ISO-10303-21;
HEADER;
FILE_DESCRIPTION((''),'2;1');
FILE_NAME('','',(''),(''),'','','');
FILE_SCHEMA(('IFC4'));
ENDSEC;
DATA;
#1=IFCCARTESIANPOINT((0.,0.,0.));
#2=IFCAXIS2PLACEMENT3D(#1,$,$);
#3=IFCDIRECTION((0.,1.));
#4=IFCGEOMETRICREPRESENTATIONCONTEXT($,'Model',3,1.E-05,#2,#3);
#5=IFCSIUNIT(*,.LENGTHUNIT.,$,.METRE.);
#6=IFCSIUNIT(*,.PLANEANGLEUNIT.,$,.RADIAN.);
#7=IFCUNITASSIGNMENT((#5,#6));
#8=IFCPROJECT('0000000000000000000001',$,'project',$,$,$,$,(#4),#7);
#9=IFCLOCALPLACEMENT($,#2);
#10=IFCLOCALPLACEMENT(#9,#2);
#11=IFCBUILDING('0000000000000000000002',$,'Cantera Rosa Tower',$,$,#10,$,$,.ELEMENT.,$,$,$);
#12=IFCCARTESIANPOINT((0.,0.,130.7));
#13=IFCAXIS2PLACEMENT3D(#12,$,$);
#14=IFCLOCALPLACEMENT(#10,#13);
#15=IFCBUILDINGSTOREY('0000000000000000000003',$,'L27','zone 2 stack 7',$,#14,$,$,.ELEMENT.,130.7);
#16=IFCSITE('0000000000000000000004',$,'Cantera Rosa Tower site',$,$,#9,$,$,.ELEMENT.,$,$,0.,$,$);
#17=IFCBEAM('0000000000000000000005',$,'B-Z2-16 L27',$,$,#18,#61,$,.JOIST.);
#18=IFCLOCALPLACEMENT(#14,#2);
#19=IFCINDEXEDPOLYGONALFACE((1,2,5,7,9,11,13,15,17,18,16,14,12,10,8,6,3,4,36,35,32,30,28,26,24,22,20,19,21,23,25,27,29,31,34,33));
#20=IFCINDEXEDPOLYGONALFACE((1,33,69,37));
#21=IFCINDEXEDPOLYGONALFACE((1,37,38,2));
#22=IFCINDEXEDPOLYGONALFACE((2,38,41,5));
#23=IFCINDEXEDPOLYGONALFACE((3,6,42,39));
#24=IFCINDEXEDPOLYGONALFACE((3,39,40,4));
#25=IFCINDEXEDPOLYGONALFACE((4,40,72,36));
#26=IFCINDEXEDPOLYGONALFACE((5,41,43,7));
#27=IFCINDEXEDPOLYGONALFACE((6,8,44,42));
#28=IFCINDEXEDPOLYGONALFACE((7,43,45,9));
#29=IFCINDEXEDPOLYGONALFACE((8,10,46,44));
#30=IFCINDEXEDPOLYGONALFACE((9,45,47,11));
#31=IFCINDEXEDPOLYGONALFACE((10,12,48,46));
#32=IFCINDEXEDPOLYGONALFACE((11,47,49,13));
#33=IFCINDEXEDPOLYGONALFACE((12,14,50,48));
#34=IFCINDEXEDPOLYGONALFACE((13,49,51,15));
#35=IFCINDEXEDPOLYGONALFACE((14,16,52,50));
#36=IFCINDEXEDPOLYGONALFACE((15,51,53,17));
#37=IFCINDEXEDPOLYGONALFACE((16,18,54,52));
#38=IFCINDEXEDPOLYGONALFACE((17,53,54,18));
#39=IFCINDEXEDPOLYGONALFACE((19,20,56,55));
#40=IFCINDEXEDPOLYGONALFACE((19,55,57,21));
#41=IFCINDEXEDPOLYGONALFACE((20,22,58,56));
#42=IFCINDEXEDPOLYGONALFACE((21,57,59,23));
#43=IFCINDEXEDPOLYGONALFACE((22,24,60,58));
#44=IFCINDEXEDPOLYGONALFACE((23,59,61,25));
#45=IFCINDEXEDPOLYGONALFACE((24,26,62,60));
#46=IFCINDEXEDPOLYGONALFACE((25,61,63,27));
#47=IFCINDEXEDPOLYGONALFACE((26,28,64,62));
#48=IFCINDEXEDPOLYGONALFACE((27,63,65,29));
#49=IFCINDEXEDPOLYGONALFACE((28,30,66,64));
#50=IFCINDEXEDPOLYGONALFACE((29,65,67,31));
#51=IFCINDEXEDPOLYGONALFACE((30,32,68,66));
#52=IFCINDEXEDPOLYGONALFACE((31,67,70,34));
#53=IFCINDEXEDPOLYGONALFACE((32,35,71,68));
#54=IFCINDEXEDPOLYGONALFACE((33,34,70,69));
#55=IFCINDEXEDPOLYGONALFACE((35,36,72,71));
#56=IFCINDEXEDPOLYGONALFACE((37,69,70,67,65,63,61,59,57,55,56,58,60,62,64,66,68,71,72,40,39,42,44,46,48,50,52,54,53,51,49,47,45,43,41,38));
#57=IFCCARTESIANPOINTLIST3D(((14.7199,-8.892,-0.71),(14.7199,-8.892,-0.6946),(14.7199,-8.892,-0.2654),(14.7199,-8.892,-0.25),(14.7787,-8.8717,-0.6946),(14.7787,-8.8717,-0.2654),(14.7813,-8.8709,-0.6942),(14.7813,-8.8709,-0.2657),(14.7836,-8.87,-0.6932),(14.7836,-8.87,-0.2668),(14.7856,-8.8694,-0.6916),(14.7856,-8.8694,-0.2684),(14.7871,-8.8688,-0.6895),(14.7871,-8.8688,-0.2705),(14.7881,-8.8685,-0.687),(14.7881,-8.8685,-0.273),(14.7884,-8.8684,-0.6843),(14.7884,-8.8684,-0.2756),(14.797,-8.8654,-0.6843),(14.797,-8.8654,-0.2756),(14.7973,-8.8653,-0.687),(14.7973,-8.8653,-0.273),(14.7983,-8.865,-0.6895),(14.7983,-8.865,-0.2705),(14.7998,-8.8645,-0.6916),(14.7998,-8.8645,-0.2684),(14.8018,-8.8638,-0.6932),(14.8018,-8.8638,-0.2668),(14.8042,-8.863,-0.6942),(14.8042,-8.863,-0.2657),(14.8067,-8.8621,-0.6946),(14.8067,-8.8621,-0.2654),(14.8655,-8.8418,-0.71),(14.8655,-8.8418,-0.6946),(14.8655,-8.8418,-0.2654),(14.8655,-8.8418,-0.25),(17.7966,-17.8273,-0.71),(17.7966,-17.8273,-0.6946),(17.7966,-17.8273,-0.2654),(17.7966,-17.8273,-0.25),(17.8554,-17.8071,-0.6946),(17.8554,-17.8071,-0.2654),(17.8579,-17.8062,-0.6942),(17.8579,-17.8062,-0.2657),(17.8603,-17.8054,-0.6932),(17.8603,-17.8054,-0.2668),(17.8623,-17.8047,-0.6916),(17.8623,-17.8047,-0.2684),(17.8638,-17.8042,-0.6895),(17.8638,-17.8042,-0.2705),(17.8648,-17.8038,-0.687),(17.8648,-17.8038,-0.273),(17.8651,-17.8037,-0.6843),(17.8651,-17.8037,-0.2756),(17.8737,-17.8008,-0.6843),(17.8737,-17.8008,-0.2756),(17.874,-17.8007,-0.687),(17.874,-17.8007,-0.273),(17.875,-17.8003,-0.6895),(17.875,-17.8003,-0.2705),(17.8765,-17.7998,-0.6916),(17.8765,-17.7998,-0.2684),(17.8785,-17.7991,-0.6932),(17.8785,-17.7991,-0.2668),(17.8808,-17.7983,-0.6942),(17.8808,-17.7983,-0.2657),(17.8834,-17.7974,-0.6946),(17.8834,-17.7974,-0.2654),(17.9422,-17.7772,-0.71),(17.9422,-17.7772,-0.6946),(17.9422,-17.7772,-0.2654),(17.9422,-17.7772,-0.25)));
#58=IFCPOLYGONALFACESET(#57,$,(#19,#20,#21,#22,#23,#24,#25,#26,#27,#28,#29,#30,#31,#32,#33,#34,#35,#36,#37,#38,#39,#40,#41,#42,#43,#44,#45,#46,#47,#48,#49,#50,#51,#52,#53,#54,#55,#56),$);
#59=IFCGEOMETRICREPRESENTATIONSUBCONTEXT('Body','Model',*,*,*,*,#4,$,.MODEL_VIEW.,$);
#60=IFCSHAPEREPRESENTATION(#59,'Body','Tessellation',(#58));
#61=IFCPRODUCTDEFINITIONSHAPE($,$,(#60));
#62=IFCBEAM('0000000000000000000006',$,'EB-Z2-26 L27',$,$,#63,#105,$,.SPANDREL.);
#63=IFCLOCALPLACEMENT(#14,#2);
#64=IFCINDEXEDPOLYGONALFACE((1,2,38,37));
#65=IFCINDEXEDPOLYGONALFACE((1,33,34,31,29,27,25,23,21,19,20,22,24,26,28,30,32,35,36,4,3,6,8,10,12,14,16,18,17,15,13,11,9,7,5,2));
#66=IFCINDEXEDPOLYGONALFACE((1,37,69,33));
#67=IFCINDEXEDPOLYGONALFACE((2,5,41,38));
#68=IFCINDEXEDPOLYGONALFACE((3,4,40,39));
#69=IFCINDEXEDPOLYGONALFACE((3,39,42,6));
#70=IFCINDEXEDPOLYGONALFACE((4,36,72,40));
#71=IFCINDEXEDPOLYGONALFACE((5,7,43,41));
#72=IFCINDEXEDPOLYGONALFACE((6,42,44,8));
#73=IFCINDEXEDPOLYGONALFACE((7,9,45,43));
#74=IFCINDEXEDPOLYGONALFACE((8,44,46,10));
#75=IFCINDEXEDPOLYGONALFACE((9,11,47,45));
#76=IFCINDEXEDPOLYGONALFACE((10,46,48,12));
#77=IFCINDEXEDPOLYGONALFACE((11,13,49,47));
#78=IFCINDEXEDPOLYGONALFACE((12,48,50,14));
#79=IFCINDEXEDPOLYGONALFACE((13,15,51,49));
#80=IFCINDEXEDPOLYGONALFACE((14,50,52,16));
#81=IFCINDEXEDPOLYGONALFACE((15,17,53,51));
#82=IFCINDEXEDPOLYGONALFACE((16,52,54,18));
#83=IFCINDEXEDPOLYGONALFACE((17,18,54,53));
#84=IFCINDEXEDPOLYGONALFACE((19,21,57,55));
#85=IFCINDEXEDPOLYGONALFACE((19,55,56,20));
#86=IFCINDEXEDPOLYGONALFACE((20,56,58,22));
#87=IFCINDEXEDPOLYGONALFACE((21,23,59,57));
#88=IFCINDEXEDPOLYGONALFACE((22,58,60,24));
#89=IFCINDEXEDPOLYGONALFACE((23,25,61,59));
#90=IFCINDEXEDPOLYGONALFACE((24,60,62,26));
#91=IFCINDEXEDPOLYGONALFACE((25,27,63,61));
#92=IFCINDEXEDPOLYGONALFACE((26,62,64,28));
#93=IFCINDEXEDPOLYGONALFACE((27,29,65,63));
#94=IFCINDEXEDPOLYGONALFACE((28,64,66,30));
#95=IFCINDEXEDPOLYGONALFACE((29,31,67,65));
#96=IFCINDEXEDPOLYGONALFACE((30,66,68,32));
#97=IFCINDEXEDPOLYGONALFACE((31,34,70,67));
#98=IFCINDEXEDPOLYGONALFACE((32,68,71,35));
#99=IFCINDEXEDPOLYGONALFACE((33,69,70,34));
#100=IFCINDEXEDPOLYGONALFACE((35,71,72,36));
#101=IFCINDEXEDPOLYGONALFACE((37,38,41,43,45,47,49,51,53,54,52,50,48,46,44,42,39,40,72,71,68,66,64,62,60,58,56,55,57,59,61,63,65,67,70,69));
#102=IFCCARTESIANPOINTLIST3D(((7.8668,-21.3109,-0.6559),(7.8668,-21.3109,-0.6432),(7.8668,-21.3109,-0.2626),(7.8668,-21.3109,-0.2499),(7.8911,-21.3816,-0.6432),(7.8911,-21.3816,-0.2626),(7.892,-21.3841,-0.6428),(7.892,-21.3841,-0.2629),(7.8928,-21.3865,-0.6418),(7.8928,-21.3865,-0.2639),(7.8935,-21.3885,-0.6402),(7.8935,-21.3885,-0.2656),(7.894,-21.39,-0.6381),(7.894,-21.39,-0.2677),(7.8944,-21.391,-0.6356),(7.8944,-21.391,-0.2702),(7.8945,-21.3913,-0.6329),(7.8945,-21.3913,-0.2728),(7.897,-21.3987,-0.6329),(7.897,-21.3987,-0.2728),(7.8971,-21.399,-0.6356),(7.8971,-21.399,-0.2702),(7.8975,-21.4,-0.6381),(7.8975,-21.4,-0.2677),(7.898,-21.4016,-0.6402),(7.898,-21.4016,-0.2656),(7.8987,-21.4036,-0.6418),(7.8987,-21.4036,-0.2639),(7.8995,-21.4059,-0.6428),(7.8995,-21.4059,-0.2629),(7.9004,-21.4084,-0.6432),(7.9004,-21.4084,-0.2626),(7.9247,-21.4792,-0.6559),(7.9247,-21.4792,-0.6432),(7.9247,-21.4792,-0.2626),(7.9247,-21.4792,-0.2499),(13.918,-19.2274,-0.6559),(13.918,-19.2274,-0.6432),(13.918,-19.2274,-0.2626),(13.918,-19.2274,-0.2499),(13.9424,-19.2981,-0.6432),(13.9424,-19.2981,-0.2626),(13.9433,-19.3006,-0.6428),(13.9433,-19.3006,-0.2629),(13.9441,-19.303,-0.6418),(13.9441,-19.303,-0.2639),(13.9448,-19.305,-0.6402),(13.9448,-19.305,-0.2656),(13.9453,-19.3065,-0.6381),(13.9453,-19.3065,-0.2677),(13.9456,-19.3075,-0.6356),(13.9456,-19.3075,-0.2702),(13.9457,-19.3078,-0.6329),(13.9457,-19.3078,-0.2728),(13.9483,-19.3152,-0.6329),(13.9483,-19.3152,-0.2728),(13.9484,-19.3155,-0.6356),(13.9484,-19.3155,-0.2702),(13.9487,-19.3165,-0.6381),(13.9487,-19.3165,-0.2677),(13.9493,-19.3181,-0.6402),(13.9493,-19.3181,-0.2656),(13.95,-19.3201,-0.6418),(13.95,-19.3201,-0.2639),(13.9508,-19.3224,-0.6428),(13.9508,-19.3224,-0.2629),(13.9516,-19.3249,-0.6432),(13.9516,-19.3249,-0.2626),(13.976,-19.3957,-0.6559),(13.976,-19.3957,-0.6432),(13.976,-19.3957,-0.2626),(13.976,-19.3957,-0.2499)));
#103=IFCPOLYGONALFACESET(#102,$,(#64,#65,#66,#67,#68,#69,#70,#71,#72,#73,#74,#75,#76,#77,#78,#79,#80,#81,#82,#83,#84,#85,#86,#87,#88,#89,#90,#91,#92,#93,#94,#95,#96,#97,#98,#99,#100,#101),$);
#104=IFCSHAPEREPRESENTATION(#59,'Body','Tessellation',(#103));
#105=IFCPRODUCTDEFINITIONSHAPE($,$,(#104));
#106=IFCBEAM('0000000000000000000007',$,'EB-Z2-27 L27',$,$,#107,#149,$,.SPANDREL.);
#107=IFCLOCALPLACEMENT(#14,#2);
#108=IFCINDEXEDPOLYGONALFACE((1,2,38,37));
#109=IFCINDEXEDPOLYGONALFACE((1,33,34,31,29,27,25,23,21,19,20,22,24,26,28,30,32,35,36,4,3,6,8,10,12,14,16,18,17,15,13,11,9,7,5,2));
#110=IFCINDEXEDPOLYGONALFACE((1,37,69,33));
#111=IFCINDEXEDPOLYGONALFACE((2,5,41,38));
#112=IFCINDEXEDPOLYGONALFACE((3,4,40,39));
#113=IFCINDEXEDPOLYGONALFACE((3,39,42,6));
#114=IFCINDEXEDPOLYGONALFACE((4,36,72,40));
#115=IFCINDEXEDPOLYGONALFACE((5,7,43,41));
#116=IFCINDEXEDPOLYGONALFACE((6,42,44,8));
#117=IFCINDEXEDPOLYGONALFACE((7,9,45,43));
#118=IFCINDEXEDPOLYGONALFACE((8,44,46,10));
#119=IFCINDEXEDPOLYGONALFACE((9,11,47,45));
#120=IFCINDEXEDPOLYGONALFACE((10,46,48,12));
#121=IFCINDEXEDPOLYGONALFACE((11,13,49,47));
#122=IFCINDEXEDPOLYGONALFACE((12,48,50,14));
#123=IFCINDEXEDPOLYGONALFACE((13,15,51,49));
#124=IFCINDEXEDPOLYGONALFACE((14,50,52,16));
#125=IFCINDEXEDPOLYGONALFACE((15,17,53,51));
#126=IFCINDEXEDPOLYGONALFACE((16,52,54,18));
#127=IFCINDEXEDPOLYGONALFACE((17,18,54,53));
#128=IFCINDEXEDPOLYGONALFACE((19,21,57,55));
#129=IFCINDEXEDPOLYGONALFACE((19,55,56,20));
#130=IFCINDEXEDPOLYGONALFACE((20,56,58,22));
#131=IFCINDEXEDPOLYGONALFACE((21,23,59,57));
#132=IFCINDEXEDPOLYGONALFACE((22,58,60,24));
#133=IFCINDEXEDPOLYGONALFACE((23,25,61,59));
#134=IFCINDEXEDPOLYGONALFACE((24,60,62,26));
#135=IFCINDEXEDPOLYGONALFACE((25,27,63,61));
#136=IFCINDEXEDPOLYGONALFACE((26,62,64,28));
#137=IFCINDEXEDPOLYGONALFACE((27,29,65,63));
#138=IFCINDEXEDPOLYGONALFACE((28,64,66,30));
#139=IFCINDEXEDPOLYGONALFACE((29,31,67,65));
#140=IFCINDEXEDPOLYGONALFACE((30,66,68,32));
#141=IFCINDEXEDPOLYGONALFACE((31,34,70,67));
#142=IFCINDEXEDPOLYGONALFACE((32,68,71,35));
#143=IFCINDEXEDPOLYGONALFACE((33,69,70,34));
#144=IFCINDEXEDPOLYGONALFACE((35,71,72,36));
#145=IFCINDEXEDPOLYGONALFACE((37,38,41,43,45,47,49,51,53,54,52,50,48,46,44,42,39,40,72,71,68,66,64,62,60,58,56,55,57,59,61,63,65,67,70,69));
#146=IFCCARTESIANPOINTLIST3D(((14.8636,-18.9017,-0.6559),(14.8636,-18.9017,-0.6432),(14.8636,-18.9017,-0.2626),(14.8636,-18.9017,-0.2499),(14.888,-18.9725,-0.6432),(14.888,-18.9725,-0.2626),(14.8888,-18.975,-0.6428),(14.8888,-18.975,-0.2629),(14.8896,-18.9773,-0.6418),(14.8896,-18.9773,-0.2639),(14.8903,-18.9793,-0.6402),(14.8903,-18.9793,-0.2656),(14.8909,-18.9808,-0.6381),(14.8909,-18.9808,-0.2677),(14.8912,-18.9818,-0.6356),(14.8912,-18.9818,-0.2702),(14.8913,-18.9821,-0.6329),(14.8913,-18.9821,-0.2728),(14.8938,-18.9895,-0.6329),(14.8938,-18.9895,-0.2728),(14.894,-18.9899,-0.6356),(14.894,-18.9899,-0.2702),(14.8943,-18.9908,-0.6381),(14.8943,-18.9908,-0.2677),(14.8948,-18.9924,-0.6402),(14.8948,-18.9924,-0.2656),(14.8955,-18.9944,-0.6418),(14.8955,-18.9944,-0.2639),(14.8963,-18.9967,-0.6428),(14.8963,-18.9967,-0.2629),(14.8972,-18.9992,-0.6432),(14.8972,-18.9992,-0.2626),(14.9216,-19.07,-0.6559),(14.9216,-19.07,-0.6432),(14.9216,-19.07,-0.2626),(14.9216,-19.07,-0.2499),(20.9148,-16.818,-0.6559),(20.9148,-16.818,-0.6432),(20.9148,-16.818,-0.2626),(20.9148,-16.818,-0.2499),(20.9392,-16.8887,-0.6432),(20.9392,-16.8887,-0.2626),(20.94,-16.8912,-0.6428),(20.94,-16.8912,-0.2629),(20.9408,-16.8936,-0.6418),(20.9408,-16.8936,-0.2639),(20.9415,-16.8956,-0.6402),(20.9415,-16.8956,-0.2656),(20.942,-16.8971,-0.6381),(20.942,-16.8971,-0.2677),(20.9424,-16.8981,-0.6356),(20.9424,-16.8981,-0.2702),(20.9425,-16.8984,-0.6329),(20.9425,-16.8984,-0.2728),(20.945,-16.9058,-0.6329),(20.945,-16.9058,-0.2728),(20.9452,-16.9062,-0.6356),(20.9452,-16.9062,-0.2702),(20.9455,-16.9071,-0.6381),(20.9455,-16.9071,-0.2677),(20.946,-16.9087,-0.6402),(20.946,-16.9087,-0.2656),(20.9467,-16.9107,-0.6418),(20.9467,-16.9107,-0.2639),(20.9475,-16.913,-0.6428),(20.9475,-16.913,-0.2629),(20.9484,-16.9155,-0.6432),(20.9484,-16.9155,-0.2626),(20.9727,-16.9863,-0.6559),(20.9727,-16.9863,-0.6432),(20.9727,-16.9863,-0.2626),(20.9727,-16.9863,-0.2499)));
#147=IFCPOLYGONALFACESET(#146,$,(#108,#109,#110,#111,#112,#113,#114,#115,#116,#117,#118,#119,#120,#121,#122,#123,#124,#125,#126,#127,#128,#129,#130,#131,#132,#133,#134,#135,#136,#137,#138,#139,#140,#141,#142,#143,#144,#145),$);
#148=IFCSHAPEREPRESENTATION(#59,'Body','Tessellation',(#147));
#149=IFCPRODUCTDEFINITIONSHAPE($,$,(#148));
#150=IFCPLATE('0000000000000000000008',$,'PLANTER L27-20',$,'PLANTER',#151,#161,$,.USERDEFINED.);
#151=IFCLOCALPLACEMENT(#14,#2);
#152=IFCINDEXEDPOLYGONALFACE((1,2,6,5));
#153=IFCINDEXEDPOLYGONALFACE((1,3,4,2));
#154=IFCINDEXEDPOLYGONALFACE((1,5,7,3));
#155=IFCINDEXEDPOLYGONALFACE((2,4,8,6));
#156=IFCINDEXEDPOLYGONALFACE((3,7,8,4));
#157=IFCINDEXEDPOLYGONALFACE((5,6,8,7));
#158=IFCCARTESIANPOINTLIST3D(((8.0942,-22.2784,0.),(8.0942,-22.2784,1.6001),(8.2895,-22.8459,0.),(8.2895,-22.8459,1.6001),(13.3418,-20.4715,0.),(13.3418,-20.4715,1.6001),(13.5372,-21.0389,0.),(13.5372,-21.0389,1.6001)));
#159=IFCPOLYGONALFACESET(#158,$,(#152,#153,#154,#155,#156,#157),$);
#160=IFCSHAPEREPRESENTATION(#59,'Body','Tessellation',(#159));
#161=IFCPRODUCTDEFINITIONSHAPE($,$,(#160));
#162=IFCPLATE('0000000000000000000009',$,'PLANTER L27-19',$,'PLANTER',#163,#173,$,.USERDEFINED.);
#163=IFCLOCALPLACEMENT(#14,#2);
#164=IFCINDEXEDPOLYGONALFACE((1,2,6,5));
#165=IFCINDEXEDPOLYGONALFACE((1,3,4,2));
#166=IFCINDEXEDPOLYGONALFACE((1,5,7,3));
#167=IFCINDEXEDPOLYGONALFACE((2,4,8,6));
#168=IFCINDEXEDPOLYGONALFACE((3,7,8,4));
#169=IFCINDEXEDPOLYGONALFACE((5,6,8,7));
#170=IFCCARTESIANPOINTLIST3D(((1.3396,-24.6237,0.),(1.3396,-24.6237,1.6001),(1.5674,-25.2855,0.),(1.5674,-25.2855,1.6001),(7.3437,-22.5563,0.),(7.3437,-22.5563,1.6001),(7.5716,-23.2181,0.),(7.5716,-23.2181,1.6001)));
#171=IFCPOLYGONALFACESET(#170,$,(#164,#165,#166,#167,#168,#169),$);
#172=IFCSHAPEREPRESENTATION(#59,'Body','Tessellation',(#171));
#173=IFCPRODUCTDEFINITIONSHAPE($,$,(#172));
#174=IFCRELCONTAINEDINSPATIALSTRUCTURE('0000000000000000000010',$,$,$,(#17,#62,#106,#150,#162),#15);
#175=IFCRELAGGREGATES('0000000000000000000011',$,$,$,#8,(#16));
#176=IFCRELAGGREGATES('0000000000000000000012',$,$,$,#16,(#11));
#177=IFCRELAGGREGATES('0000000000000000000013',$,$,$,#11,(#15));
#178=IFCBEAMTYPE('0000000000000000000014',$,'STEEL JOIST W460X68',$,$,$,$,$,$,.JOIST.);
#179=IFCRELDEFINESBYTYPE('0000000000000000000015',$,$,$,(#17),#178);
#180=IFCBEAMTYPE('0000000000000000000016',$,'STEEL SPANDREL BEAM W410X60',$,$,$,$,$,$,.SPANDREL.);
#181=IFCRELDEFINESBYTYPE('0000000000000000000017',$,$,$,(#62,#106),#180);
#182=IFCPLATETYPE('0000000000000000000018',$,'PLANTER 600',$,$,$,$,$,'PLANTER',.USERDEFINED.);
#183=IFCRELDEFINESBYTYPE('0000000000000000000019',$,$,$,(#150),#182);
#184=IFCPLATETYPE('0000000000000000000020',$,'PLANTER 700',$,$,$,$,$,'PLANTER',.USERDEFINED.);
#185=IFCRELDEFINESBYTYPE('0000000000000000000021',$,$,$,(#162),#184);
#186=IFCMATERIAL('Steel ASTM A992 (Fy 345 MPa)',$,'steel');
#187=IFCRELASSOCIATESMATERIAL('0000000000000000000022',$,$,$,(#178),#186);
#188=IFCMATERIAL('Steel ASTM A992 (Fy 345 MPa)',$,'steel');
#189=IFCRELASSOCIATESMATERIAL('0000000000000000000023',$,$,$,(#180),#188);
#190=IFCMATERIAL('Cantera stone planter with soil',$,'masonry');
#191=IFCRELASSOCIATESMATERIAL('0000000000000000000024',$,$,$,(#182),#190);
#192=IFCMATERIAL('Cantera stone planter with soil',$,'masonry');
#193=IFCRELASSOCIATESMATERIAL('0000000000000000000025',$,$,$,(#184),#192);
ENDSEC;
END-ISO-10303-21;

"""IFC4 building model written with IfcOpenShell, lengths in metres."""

from ifc_helpers import new_model, si_unit, direction, frame, origin, origin_2d, place, context, subcontext, project, spatial, rectangle, i_section, extrude, material, material_profile, profile_set, type_object, element, save


model = new_model("IFC4")

# Units and contexts
model_context = context("Model", 3, precision=1e-05, world=origin(), true_north=direction((0.0, 1.0)))
body_context = subcontext(model_context, "Body", "Model", "MODEL_VIEW")
ifc_project = project(units=[si_unit("LENGTHUNIT", "METRE"), si_unit("PLANEANGLEUNIT", "RADIAN")], contexts=[model_context])

# Site, building, storey
site_placement = place(None, origin())
site = spatial("IfcSite", under=ifc_project, at=site_placement, Name="Cantera Rosa Tower site", CompositionType="ELEMENT", RefElevation=0.0)
building_placement = place(site_placement, origin())
building = spatial("IfcBuilding", under=site, at=building_placement, Name="Cantera Rosa Tower", CompositionType="ELEMENT")
storey_placement = place(building_placement, frame((0.0, 0.0, 130.7)))
storey = spatial("IfcBuildingStorey", under=building, at=storey_placement, Name="L27", Description="zone 2 stack 7", CompositionType="ELEMENT", Elevation=130.7)

# Beams
ifc_material_1 = material(Name="Steel ASTM A992 (Fy 345 MPa)", Category="steel")
ifc_material_profile_1 = material_profile(ifc_material_1, i_section(OverallWidth=0.1541, OverallDepth=0.46, WebThickness=0.009, FlangeThickness=0.0154, FilletRadius=0.0103, at=origin_2d()), Name="W460X68")
ifc_profile_set_1 = profile_set([ifc_material_profile_1], Name="Steel ASTM A992 (Fy 345 MPa)")
beam_type_1 = type_object("IfcBeamType", Name="STEEL JOIST W460X68", PredefinedType="JOIST", material=ifc_profile_set_1)
for number, where, z_axis, x_axis, name in (
    (1, (17.8694, -17.8022, -0.48), (-0.325567, 0.945519, 0.0), (-0.945519, -0.325567, 0.0), "B-Z2-16 L27"),
):
    element("IfcBeam", number, at=place(storey_placement, frame(where, z_axis=z_axis, x_axis=x_axis)), inside=storey, type_object=beam_type_1, Name=name, PredefinedType="JOIST", context=body_context, shape_type="SweptSolid", body=[
        extrude(i_section(OverallWidth=0.1541, OverallDepth=0.46, WebThickness=0.009, FlangeThickness=0.0154, FilletRadius=0.0103, at=origin_2d()), origin(), (0.0, 0.0, 1.0), 9.4502),
    ])
ifc_material_2 = material(Name="Steel ASTM A992 (Fy 345 MPa)", Category="steel")
ifc_material_profile_2 = material_profile(ifc_material_2, i_section(OverallWidth=0.178, OverallDepth=0.406, WebThickness=0.0078, FlangeThickness=0.0127, FilletRadius=0.0103, at=origin_2d()), Name="W410X60")
ifc_profile_set_2 = profile_set([ifc_material_profile_2], Name="Steel ASTM A992 (Fy 345 MPa)")
beam_type_2 = type_object("IfcBeamType", Name="STEEL SPANDREL BEAM W410X60", PredefinedType="SPANDREL", material=ifc_profile_set_2)
for number, where, z_axis, x_axis, name in (
    (2, (7.8958, -21.395, -0.4529), (0.945524, 0.325551, 0.0), (-0.325551, 0.945524, 0.0), "EB-Z2-26 L27"),
    (3, (14.8926, -18.9858, -0.4529), (0.945513, 0.325585, 0.0), (-0.325585, 0.945513, 0.0), "EB-Z2-27 L27"),
):
    element("IfcBeam", number, at=place(storey_placement, frame(where, z_axis=z_axis, x_axis=x_axis)), inside=storey, type_object=beam_type_2, Name=name, PredefinedType="SPANDREL", context=body_context, shape_type="SweptSolid", body=[
        extrude(i_section(OverallWidth=0.178, OverallDepth=0.406, WebThickness=0.0078, FlangeThickness=0.0127, FilletRadius=0.0103, at=origin_2d()), origin(), (0.0, 0.0, 1.0), 6.3999),
    ])

# Plates
ifc_material_3 = material(Name="Cantera stone planter with soil", Category="masonry")
plate_type_1 = type_object("IfcPlateType", Name="PLANTER 600", ElementType="PLANTER", PredefinedType="USERDEFINED", material=ifc_material_3)
plate_1_placement = place(storey_placement, frame((10.8157, -21.6587, 0.0), z_axis=(0.0, 0.0, 1.0), x_axis=(0.945519, 0.325568, 0.0)))
element("IfcPlate", 4, at=plate_1_placement, inside=storey, type_object=plate_type_1, Name="PLANTER L27-20", ObjectType="PLANTER", PredefinedType="USERDEFINED", context=body_context, shape_type="SweptSolid", body=[
    extrude(rectangle(XDim=5.55, YDim=0.6001, at=origin_2d()), origin(), (0.0, 0.0, 1.0), 1.6001),
])
ifc_material_4 = material(Name="Cantera stone planter with soil", Category="masonry")
plate_type_2 = type_object("IfcPlateType", Name="PLANTER 700", ElementType="PLANTER", PredefinedType="USERDEFINED", material=ifc_material_4)
plate_2_placement = place(storey_placement, frame((4.4556, -23.9209, 0.0), z_axis=(0.0, 0.0, 1.0), x_axis=(0.945519, 0.325568, 0.0)))
element("IfcPlate", 5, at=plate_2_placement, inside=storey, type_object=plate_type_2, Name="PLANTER L27-19", ObjectType="PLANTER", PredefinedType="USERDEFINED", context=body_context, shape_type="SweptSolid", body=[
    extrude(rectangle(XDim=6.3501, YDim=0.7, at=origin_2d()), origin(), (0.0, 0.0, 1.0), 1.6001),
])

save(model, "model.ifc")
